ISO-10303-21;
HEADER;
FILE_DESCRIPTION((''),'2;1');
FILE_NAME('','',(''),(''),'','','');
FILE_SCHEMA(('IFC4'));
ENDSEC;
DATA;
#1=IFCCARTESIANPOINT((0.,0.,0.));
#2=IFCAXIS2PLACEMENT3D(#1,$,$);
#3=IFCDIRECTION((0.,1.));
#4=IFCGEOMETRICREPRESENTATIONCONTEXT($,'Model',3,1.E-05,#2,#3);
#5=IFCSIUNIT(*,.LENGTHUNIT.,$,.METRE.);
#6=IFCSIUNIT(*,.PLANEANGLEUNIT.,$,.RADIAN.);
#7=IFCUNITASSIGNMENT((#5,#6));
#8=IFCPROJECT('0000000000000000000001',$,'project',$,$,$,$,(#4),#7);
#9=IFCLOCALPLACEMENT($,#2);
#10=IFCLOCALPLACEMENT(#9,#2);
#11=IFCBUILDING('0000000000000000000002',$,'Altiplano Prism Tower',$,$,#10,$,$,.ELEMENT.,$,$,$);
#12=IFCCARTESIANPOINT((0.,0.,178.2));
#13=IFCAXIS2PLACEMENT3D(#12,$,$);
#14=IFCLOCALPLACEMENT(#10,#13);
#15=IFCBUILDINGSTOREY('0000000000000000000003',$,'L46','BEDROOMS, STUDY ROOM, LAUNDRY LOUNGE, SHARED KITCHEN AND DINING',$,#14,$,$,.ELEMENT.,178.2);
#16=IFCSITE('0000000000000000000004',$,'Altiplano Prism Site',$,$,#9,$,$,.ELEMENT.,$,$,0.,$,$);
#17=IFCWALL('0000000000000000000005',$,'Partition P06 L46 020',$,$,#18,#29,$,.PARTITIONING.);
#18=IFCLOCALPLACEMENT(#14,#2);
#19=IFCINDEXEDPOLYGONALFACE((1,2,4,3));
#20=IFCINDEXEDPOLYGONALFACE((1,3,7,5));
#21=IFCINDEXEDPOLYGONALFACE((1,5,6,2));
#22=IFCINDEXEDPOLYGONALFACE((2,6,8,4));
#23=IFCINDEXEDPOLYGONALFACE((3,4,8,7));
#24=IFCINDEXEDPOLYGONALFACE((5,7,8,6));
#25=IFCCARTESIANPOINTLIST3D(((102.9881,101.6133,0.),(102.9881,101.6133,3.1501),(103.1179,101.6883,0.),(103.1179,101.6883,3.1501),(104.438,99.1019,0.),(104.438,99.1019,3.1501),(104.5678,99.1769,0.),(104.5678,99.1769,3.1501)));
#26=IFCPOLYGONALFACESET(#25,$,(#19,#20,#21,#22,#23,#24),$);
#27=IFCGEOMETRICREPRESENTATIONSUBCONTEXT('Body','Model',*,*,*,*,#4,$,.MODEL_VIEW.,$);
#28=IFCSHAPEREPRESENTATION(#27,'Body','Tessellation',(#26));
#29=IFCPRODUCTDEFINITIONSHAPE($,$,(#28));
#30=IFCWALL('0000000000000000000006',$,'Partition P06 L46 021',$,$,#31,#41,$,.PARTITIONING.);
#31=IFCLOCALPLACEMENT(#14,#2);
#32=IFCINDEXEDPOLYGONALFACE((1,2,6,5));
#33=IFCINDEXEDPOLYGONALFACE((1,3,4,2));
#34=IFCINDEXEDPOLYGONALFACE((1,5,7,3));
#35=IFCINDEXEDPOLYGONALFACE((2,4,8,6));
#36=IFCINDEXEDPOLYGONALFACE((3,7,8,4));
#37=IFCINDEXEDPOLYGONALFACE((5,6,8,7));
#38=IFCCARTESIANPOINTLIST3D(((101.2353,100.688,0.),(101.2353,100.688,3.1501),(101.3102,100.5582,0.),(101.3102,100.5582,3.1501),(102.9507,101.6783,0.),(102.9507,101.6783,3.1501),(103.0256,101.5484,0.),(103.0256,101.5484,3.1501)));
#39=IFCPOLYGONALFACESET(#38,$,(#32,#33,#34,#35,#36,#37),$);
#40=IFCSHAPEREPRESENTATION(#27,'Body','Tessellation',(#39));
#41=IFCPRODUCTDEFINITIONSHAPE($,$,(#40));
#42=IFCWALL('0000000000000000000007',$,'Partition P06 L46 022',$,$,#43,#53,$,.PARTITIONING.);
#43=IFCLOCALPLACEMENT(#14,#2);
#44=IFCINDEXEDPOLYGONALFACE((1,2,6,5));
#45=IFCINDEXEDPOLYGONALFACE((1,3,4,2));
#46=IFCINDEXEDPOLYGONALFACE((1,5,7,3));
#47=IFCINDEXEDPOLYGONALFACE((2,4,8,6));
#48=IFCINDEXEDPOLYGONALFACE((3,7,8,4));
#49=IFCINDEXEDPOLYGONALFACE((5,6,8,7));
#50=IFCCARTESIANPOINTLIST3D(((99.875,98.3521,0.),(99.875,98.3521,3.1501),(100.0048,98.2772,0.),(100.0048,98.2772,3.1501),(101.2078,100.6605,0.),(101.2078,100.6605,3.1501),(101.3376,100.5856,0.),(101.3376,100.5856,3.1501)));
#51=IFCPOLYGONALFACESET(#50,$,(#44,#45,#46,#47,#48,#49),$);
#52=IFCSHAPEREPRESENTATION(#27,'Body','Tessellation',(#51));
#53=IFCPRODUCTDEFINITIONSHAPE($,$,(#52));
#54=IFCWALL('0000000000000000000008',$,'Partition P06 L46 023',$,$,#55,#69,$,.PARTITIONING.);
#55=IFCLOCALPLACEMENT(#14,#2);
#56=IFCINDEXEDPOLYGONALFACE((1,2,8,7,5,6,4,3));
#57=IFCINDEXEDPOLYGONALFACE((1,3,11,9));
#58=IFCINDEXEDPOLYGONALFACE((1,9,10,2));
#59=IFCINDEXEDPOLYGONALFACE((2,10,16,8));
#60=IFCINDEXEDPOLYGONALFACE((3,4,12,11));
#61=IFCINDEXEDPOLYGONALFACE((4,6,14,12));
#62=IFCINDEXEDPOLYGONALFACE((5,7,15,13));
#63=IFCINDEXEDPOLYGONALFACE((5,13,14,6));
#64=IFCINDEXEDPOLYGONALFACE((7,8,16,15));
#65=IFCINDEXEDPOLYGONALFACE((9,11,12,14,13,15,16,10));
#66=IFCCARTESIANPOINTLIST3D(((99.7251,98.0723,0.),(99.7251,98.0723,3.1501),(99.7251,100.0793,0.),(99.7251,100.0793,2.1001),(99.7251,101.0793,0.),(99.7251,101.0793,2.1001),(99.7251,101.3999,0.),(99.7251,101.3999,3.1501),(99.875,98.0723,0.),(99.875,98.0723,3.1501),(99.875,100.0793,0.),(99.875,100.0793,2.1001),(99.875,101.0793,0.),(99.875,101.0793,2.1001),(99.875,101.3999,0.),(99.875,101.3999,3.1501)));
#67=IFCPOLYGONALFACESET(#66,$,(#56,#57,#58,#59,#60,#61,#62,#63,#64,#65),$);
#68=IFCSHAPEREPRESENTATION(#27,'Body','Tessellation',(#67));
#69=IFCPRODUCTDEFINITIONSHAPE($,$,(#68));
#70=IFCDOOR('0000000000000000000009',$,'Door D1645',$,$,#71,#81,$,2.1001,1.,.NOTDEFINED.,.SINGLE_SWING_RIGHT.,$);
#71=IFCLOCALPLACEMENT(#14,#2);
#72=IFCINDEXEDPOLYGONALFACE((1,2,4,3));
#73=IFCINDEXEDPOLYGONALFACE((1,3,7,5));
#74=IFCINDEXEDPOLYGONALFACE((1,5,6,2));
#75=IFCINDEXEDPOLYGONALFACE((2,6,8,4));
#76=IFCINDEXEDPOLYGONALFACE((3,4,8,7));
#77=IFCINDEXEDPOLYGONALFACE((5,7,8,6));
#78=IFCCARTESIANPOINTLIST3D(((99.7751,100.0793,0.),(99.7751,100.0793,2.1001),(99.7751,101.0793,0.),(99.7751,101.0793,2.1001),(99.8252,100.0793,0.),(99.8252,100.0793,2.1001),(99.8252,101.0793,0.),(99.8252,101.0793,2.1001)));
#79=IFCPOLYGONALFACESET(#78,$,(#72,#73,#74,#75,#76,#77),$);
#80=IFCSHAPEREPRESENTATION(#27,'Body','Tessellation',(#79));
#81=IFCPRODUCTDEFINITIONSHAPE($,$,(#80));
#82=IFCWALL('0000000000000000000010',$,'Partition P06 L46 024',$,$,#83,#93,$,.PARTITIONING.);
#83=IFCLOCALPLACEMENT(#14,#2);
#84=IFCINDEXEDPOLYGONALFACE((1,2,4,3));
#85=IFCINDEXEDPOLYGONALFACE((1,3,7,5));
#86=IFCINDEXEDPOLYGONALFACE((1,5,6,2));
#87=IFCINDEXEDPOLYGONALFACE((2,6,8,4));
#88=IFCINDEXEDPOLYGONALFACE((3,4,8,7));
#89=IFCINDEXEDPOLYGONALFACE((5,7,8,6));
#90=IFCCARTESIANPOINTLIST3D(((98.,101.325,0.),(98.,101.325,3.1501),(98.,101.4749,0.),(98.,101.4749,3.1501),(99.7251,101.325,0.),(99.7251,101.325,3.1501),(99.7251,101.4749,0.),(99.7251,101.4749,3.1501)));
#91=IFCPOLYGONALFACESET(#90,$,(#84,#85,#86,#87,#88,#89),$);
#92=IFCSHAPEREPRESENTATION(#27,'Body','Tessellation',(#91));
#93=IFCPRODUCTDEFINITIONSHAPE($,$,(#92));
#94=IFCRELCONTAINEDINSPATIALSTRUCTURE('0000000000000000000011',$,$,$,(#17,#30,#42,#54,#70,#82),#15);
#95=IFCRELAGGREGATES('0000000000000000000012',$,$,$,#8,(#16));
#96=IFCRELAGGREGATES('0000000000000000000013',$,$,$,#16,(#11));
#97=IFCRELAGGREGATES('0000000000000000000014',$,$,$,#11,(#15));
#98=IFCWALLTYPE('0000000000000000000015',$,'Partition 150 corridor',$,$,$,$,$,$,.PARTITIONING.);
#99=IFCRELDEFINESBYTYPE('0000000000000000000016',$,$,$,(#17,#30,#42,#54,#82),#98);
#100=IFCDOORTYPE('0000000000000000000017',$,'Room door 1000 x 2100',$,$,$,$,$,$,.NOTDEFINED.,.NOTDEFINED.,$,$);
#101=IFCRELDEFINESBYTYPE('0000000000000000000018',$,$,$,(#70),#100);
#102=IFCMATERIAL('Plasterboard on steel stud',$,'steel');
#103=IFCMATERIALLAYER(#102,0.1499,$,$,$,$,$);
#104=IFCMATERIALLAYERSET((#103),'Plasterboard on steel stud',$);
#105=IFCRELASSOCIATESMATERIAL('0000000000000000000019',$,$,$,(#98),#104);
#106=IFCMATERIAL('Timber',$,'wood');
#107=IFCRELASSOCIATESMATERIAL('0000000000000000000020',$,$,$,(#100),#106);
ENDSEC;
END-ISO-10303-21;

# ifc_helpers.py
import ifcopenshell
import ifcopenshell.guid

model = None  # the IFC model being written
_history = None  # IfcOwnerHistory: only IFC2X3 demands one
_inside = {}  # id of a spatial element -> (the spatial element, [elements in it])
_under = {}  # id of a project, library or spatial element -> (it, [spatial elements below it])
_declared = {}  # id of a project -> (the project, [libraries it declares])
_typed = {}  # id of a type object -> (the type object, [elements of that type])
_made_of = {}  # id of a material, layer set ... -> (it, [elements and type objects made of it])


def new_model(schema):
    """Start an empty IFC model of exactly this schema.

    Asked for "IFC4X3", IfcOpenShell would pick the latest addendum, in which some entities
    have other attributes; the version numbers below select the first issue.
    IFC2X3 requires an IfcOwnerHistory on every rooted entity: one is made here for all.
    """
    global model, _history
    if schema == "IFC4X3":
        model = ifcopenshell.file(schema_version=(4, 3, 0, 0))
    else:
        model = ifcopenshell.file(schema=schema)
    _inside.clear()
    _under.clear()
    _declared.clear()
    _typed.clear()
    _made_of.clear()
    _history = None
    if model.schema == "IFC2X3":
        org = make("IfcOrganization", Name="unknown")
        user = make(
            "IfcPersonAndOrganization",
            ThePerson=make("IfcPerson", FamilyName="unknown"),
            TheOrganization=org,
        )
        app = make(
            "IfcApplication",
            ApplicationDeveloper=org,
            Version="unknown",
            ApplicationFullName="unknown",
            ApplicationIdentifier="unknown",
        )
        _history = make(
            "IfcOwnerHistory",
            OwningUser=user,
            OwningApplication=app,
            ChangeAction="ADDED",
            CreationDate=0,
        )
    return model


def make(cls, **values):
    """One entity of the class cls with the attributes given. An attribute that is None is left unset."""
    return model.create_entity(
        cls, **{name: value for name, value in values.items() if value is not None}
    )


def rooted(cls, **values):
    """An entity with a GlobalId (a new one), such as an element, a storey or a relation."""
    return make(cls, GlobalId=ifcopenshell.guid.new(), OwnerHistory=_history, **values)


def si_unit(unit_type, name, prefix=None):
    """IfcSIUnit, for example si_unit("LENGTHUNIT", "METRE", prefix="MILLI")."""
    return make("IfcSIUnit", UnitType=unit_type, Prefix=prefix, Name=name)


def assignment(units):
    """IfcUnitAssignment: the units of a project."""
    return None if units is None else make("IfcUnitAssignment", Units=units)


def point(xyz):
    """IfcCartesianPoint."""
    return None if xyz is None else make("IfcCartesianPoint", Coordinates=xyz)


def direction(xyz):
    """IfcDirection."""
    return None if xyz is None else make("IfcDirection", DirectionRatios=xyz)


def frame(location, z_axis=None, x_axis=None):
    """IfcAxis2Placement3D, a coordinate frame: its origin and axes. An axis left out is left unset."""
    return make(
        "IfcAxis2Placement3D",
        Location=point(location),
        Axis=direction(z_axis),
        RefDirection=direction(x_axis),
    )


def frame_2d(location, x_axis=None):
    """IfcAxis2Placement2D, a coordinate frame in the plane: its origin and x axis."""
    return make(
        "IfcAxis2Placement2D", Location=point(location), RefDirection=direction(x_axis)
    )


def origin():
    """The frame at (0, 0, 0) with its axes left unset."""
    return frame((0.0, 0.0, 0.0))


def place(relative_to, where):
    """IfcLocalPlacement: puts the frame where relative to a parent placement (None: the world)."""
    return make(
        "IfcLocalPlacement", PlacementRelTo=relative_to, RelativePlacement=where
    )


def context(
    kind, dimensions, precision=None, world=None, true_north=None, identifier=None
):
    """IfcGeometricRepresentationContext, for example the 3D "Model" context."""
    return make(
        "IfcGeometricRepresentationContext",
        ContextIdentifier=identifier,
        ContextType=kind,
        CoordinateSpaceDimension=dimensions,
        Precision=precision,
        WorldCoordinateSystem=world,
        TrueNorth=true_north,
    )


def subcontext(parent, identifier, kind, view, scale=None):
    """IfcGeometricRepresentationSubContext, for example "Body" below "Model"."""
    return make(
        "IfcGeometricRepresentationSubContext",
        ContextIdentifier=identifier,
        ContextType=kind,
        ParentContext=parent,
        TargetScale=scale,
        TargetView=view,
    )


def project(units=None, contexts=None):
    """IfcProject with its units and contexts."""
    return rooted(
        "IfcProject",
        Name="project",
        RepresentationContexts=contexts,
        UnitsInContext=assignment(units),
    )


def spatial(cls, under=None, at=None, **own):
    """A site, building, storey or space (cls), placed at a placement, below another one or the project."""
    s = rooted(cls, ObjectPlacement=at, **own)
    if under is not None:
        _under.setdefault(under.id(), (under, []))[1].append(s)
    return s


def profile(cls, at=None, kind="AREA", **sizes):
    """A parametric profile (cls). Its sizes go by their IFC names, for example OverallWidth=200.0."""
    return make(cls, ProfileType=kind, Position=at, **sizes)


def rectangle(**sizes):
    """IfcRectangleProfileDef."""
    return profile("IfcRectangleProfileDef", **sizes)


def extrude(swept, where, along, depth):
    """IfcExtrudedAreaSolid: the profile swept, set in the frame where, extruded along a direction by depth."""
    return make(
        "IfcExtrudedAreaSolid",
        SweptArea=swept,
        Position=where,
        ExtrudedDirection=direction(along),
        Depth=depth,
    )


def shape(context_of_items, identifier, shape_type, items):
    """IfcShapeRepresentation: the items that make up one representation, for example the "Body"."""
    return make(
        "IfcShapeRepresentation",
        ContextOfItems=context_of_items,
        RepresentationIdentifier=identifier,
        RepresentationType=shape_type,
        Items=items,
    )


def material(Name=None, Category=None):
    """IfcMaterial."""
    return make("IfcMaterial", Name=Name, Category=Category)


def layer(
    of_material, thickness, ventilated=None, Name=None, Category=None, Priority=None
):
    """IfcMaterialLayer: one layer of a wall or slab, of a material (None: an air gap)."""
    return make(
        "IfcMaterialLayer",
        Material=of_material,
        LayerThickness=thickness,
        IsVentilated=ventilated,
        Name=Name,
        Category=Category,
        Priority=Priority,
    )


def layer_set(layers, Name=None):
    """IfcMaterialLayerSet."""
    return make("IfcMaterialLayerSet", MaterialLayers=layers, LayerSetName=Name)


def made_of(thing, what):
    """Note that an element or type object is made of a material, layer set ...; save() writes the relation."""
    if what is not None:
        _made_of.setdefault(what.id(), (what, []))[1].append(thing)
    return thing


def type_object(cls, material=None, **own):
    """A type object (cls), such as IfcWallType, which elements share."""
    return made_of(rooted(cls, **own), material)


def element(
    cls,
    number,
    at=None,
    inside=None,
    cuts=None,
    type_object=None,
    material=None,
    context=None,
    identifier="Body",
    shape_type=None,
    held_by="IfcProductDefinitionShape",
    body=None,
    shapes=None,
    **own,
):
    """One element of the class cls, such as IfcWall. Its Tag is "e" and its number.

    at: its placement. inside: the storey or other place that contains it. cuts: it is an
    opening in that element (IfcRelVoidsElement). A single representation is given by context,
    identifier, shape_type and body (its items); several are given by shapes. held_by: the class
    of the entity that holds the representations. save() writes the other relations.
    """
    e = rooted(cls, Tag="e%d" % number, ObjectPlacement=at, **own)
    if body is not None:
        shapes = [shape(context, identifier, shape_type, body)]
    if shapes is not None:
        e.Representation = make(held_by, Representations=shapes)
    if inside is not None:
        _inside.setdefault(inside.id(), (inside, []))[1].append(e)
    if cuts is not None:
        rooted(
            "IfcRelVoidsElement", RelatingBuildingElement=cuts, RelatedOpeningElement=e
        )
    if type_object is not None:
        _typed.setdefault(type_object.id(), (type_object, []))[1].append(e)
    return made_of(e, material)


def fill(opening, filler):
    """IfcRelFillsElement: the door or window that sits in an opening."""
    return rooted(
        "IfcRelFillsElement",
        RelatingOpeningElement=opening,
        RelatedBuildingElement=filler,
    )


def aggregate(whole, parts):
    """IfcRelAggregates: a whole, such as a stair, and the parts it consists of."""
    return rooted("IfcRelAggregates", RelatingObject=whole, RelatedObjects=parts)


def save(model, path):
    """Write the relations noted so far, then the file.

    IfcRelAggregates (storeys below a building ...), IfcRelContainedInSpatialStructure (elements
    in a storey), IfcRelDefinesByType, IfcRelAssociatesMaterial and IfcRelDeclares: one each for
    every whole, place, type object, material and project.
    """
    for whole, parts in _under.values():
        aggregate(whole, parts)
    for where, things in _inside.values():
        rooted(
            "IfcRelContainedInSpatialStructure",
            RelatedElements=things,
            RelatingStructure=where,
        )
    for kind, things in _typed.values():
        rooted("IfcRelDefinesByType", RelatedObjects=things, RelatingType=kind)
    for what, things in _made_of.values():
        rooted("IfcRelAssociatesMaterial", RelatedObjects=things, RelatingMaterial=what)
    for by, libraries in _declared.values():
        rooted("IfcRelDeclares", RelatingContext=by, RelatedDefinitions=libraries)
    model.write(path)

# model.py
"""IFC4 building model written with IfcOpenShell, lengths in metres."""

from ifc_helpers import new_model, si_unit, direction, frame, frame_2d, origin, place, context, subcontext, project, spatial, rectangle, extrude, material, layer, layer_set, type_object, element, fill, save


model = new_model("IFC4")

# Units and contexts
model_context = context("Model", 3, precision=1e-05, world=origin(), true_north=direction((0.0, 1.0)))
body_context = subcontext(model_context, "Body", "Model", "MODEL_VIEW")
ifc_project = project(units=[si_unit("LENGTHUNIT", "METRE"), si_unit("PLANEANGLEUNIT", "RADIAN")], contexts=[model_context])

# Site, building, storey
site_placement = place(None, origin())
site = spatial("IfcSite", under=ifc_project, at=site_placement, Name="Altiplano Prism Site", CompositionType="ELEMENT", RefElevation=0.0)
building_placement = place(site_placement, origin())
building = spatial("IfcBuilding", under=site, at=building_placement, Name="Altiplano Prism Tower", CompositionType="ELEMENT")
storey_placement = place(building_placement, frame((0.0, 0.0, 178.2)))
storey = spatial("IfcBuildingStorey", under=building, at=storey_placement, Name="L46", Description="BEDROOMS, STUDY ROOM, LAUNDRY LOUNGE, SHARED KITCHEN AND DINING", CompositionType="ELEMENT", Elevation=178.2)

# Walls
ifc_material_1 = material(Name="Plasterboard on steel stud", Category="steel")
ifc_layer_1 = layer(ifc_material_1, 0.1499)
ifc_layer_set_1 = layer_set([ifc_layer_1], Name="Plasterboard on steel stud")
wall_type_1 = type_object("IfcWallType", Name="Partition 150 corridor", PredefinedType="PARTITIONING", material=ifc_layer_set_1)
wall_1_placement = place(storey_placement, frame((104.5029, 99.1394, 0.0), z_axis=(0.0, 0.0, 1.0), x_axis=(-0.499987, 0.866033, 0.0)))
element("IfcWall", 1, at=wall_1_placement, inside=storey, type_object=wall_type_1, Name="Partition P06 L46 020", PredefinedType="PARTITIONING", context=body_context, shape_type="SweptSolid", body=[
    extrude(rectangle(XDim=2.8999, YDim=0.1499, at=frame_2d((1.45, 0.0))), origin(), (0.0, 0.0, 1.0), 3.1501),
])
wall_2_placement = place(storey_placement, frame((102.988, 101.6133, 0.0), z_axis=(0.0, 0.0, 1.0), x_axis=(-0.86605, -0.499957, 0.0)))
element("IfcWall", 2, at=wall_2_placement, inside=storey, type_object=wall_type_1, Name="Partition P06 L46 021", PredefinedType="PARTITIONING", context=body_context, shape_type="SweptSolid", body=[
    extrude(rectangle(XDim=1.9807, YDim=0.1499, at=frame_2d((0.9902, 0.0))), origin(), (0.0, 0.0, 1.0), 3.1501),
])
wall_3_placement = place(storey_placement, frame((101.2727, 100.623, 0.0), z_axis=(0.0, 0.0, 1.0), x_axis=(-0.500011, -0.866019, 0.0)))
element("IfcWall", 3, at=wall_3_placement, inside=storey, type_object=wall_type_1, Name="Partition P06 L46 022", PredefinedType="PARTITIONING", context=body_context, shape_type="SweptSolid", body=[
    extrude(rectangle(XDim=2.6655, YDim=0.1499, at=frame_2d((1.3328, 0.0))), origin(), (0.0, 0.0, 1.0), 3.1501),
])

# Wall, opening, door
wall_4_placement = place(storey_placement, frame((99.8, 98.0723, 0.0), z_axis=(0.0, 0.0, 1.0), x_axis=(0.0, 1.0, 0.0)))
wall_4 = element("IfcWall", 4, at=wall_4_placement, inside=storey, type_object=wall_type_1, Name="Partition P06 L46 023", PredefinedType="PARTITIONING", context=body_context, shape_type="SweptSolid", body=[
    extrude(rectangle(XDim=3.3276, YDim=0.1499, at=frame_2d((1.6638, 0.0))), origin(), (0.0, 0.0, 1.0), 3.1501),
])
opening_placement = place(wall_4_placement, frame((2.0071, 0.0, 0.0)))
opening = element("IfcOpeningElement", 5, at=opening_placement, cuts=wall_4, PredefinedType="OPENING", context=body_context, shape_type="SweptSolid", body=[
    extrude(rectangle(XDim=1.0, YDim=2.1001, at=frame_2d((0.5, 1.05))), frame((0.0, 0.0854, 0.0), z_axis=(0.0, -1.0, 0.0), x_axis=(1.0, 0.0, 0.0)), (0.0, 0.0, 1.0), 0.1709),
])
ifc_material_2 = material(Name="Timber", Category="wood")
door_type = type_object("IfcDoorType", Name="Room door 1000 x 2100", OperationType="NOTDEFINED", PredefinedType="NOTDEFINED", material=ifc_material_2)
door_placement = place(opening_placement, origin())
door = element("IfcDoor", 6, at=door_placement, inside=storey, type_object=door_type, Name="Door D1645", OperationType="SINGLE_SWING_RIGHT", OverallHeight=2.1001, OverallWidth=1.0, PredefinedType="NOTDEFINED", context=body_context, shape_type="SweptSolid", body=[
    extrude(rectangle(XDim=1.0, YDim=2.1001, at=frame_2d((0.5, 1.05))), frame((0.0, 0.0249, 0.0), z_axis=(0.0, -1.0, 0.0), x_axis=(1.0, 0.0, 0.0)), (0.0, 0.0, 1.0), 0.05),
])
fill(opening, door)

# Wall
wall_5_placement = place(storey_placement, frame((99.7251, 101.3999, 0.0), z_axis=(0.0, 0.0, 1.0), x_axis=(-1.0, 0.0, 0.0)))
element("IfcWall", 7, at=wall_5_placement, inside=storey, type_object=wall_type_1, Name="Partition P06 L46 024", PredefinedType="PARTITIONING", context=body_context, shape_type="SweptSolid", body=[
    extrude(rectangle(XDim=1.7251, YDim=0.1499, at=frame_2d((0.8625, 0.0))), origin(), (0.0, 0.0, 1.0), 3.1501),
])

save(model, "model.ifc")
